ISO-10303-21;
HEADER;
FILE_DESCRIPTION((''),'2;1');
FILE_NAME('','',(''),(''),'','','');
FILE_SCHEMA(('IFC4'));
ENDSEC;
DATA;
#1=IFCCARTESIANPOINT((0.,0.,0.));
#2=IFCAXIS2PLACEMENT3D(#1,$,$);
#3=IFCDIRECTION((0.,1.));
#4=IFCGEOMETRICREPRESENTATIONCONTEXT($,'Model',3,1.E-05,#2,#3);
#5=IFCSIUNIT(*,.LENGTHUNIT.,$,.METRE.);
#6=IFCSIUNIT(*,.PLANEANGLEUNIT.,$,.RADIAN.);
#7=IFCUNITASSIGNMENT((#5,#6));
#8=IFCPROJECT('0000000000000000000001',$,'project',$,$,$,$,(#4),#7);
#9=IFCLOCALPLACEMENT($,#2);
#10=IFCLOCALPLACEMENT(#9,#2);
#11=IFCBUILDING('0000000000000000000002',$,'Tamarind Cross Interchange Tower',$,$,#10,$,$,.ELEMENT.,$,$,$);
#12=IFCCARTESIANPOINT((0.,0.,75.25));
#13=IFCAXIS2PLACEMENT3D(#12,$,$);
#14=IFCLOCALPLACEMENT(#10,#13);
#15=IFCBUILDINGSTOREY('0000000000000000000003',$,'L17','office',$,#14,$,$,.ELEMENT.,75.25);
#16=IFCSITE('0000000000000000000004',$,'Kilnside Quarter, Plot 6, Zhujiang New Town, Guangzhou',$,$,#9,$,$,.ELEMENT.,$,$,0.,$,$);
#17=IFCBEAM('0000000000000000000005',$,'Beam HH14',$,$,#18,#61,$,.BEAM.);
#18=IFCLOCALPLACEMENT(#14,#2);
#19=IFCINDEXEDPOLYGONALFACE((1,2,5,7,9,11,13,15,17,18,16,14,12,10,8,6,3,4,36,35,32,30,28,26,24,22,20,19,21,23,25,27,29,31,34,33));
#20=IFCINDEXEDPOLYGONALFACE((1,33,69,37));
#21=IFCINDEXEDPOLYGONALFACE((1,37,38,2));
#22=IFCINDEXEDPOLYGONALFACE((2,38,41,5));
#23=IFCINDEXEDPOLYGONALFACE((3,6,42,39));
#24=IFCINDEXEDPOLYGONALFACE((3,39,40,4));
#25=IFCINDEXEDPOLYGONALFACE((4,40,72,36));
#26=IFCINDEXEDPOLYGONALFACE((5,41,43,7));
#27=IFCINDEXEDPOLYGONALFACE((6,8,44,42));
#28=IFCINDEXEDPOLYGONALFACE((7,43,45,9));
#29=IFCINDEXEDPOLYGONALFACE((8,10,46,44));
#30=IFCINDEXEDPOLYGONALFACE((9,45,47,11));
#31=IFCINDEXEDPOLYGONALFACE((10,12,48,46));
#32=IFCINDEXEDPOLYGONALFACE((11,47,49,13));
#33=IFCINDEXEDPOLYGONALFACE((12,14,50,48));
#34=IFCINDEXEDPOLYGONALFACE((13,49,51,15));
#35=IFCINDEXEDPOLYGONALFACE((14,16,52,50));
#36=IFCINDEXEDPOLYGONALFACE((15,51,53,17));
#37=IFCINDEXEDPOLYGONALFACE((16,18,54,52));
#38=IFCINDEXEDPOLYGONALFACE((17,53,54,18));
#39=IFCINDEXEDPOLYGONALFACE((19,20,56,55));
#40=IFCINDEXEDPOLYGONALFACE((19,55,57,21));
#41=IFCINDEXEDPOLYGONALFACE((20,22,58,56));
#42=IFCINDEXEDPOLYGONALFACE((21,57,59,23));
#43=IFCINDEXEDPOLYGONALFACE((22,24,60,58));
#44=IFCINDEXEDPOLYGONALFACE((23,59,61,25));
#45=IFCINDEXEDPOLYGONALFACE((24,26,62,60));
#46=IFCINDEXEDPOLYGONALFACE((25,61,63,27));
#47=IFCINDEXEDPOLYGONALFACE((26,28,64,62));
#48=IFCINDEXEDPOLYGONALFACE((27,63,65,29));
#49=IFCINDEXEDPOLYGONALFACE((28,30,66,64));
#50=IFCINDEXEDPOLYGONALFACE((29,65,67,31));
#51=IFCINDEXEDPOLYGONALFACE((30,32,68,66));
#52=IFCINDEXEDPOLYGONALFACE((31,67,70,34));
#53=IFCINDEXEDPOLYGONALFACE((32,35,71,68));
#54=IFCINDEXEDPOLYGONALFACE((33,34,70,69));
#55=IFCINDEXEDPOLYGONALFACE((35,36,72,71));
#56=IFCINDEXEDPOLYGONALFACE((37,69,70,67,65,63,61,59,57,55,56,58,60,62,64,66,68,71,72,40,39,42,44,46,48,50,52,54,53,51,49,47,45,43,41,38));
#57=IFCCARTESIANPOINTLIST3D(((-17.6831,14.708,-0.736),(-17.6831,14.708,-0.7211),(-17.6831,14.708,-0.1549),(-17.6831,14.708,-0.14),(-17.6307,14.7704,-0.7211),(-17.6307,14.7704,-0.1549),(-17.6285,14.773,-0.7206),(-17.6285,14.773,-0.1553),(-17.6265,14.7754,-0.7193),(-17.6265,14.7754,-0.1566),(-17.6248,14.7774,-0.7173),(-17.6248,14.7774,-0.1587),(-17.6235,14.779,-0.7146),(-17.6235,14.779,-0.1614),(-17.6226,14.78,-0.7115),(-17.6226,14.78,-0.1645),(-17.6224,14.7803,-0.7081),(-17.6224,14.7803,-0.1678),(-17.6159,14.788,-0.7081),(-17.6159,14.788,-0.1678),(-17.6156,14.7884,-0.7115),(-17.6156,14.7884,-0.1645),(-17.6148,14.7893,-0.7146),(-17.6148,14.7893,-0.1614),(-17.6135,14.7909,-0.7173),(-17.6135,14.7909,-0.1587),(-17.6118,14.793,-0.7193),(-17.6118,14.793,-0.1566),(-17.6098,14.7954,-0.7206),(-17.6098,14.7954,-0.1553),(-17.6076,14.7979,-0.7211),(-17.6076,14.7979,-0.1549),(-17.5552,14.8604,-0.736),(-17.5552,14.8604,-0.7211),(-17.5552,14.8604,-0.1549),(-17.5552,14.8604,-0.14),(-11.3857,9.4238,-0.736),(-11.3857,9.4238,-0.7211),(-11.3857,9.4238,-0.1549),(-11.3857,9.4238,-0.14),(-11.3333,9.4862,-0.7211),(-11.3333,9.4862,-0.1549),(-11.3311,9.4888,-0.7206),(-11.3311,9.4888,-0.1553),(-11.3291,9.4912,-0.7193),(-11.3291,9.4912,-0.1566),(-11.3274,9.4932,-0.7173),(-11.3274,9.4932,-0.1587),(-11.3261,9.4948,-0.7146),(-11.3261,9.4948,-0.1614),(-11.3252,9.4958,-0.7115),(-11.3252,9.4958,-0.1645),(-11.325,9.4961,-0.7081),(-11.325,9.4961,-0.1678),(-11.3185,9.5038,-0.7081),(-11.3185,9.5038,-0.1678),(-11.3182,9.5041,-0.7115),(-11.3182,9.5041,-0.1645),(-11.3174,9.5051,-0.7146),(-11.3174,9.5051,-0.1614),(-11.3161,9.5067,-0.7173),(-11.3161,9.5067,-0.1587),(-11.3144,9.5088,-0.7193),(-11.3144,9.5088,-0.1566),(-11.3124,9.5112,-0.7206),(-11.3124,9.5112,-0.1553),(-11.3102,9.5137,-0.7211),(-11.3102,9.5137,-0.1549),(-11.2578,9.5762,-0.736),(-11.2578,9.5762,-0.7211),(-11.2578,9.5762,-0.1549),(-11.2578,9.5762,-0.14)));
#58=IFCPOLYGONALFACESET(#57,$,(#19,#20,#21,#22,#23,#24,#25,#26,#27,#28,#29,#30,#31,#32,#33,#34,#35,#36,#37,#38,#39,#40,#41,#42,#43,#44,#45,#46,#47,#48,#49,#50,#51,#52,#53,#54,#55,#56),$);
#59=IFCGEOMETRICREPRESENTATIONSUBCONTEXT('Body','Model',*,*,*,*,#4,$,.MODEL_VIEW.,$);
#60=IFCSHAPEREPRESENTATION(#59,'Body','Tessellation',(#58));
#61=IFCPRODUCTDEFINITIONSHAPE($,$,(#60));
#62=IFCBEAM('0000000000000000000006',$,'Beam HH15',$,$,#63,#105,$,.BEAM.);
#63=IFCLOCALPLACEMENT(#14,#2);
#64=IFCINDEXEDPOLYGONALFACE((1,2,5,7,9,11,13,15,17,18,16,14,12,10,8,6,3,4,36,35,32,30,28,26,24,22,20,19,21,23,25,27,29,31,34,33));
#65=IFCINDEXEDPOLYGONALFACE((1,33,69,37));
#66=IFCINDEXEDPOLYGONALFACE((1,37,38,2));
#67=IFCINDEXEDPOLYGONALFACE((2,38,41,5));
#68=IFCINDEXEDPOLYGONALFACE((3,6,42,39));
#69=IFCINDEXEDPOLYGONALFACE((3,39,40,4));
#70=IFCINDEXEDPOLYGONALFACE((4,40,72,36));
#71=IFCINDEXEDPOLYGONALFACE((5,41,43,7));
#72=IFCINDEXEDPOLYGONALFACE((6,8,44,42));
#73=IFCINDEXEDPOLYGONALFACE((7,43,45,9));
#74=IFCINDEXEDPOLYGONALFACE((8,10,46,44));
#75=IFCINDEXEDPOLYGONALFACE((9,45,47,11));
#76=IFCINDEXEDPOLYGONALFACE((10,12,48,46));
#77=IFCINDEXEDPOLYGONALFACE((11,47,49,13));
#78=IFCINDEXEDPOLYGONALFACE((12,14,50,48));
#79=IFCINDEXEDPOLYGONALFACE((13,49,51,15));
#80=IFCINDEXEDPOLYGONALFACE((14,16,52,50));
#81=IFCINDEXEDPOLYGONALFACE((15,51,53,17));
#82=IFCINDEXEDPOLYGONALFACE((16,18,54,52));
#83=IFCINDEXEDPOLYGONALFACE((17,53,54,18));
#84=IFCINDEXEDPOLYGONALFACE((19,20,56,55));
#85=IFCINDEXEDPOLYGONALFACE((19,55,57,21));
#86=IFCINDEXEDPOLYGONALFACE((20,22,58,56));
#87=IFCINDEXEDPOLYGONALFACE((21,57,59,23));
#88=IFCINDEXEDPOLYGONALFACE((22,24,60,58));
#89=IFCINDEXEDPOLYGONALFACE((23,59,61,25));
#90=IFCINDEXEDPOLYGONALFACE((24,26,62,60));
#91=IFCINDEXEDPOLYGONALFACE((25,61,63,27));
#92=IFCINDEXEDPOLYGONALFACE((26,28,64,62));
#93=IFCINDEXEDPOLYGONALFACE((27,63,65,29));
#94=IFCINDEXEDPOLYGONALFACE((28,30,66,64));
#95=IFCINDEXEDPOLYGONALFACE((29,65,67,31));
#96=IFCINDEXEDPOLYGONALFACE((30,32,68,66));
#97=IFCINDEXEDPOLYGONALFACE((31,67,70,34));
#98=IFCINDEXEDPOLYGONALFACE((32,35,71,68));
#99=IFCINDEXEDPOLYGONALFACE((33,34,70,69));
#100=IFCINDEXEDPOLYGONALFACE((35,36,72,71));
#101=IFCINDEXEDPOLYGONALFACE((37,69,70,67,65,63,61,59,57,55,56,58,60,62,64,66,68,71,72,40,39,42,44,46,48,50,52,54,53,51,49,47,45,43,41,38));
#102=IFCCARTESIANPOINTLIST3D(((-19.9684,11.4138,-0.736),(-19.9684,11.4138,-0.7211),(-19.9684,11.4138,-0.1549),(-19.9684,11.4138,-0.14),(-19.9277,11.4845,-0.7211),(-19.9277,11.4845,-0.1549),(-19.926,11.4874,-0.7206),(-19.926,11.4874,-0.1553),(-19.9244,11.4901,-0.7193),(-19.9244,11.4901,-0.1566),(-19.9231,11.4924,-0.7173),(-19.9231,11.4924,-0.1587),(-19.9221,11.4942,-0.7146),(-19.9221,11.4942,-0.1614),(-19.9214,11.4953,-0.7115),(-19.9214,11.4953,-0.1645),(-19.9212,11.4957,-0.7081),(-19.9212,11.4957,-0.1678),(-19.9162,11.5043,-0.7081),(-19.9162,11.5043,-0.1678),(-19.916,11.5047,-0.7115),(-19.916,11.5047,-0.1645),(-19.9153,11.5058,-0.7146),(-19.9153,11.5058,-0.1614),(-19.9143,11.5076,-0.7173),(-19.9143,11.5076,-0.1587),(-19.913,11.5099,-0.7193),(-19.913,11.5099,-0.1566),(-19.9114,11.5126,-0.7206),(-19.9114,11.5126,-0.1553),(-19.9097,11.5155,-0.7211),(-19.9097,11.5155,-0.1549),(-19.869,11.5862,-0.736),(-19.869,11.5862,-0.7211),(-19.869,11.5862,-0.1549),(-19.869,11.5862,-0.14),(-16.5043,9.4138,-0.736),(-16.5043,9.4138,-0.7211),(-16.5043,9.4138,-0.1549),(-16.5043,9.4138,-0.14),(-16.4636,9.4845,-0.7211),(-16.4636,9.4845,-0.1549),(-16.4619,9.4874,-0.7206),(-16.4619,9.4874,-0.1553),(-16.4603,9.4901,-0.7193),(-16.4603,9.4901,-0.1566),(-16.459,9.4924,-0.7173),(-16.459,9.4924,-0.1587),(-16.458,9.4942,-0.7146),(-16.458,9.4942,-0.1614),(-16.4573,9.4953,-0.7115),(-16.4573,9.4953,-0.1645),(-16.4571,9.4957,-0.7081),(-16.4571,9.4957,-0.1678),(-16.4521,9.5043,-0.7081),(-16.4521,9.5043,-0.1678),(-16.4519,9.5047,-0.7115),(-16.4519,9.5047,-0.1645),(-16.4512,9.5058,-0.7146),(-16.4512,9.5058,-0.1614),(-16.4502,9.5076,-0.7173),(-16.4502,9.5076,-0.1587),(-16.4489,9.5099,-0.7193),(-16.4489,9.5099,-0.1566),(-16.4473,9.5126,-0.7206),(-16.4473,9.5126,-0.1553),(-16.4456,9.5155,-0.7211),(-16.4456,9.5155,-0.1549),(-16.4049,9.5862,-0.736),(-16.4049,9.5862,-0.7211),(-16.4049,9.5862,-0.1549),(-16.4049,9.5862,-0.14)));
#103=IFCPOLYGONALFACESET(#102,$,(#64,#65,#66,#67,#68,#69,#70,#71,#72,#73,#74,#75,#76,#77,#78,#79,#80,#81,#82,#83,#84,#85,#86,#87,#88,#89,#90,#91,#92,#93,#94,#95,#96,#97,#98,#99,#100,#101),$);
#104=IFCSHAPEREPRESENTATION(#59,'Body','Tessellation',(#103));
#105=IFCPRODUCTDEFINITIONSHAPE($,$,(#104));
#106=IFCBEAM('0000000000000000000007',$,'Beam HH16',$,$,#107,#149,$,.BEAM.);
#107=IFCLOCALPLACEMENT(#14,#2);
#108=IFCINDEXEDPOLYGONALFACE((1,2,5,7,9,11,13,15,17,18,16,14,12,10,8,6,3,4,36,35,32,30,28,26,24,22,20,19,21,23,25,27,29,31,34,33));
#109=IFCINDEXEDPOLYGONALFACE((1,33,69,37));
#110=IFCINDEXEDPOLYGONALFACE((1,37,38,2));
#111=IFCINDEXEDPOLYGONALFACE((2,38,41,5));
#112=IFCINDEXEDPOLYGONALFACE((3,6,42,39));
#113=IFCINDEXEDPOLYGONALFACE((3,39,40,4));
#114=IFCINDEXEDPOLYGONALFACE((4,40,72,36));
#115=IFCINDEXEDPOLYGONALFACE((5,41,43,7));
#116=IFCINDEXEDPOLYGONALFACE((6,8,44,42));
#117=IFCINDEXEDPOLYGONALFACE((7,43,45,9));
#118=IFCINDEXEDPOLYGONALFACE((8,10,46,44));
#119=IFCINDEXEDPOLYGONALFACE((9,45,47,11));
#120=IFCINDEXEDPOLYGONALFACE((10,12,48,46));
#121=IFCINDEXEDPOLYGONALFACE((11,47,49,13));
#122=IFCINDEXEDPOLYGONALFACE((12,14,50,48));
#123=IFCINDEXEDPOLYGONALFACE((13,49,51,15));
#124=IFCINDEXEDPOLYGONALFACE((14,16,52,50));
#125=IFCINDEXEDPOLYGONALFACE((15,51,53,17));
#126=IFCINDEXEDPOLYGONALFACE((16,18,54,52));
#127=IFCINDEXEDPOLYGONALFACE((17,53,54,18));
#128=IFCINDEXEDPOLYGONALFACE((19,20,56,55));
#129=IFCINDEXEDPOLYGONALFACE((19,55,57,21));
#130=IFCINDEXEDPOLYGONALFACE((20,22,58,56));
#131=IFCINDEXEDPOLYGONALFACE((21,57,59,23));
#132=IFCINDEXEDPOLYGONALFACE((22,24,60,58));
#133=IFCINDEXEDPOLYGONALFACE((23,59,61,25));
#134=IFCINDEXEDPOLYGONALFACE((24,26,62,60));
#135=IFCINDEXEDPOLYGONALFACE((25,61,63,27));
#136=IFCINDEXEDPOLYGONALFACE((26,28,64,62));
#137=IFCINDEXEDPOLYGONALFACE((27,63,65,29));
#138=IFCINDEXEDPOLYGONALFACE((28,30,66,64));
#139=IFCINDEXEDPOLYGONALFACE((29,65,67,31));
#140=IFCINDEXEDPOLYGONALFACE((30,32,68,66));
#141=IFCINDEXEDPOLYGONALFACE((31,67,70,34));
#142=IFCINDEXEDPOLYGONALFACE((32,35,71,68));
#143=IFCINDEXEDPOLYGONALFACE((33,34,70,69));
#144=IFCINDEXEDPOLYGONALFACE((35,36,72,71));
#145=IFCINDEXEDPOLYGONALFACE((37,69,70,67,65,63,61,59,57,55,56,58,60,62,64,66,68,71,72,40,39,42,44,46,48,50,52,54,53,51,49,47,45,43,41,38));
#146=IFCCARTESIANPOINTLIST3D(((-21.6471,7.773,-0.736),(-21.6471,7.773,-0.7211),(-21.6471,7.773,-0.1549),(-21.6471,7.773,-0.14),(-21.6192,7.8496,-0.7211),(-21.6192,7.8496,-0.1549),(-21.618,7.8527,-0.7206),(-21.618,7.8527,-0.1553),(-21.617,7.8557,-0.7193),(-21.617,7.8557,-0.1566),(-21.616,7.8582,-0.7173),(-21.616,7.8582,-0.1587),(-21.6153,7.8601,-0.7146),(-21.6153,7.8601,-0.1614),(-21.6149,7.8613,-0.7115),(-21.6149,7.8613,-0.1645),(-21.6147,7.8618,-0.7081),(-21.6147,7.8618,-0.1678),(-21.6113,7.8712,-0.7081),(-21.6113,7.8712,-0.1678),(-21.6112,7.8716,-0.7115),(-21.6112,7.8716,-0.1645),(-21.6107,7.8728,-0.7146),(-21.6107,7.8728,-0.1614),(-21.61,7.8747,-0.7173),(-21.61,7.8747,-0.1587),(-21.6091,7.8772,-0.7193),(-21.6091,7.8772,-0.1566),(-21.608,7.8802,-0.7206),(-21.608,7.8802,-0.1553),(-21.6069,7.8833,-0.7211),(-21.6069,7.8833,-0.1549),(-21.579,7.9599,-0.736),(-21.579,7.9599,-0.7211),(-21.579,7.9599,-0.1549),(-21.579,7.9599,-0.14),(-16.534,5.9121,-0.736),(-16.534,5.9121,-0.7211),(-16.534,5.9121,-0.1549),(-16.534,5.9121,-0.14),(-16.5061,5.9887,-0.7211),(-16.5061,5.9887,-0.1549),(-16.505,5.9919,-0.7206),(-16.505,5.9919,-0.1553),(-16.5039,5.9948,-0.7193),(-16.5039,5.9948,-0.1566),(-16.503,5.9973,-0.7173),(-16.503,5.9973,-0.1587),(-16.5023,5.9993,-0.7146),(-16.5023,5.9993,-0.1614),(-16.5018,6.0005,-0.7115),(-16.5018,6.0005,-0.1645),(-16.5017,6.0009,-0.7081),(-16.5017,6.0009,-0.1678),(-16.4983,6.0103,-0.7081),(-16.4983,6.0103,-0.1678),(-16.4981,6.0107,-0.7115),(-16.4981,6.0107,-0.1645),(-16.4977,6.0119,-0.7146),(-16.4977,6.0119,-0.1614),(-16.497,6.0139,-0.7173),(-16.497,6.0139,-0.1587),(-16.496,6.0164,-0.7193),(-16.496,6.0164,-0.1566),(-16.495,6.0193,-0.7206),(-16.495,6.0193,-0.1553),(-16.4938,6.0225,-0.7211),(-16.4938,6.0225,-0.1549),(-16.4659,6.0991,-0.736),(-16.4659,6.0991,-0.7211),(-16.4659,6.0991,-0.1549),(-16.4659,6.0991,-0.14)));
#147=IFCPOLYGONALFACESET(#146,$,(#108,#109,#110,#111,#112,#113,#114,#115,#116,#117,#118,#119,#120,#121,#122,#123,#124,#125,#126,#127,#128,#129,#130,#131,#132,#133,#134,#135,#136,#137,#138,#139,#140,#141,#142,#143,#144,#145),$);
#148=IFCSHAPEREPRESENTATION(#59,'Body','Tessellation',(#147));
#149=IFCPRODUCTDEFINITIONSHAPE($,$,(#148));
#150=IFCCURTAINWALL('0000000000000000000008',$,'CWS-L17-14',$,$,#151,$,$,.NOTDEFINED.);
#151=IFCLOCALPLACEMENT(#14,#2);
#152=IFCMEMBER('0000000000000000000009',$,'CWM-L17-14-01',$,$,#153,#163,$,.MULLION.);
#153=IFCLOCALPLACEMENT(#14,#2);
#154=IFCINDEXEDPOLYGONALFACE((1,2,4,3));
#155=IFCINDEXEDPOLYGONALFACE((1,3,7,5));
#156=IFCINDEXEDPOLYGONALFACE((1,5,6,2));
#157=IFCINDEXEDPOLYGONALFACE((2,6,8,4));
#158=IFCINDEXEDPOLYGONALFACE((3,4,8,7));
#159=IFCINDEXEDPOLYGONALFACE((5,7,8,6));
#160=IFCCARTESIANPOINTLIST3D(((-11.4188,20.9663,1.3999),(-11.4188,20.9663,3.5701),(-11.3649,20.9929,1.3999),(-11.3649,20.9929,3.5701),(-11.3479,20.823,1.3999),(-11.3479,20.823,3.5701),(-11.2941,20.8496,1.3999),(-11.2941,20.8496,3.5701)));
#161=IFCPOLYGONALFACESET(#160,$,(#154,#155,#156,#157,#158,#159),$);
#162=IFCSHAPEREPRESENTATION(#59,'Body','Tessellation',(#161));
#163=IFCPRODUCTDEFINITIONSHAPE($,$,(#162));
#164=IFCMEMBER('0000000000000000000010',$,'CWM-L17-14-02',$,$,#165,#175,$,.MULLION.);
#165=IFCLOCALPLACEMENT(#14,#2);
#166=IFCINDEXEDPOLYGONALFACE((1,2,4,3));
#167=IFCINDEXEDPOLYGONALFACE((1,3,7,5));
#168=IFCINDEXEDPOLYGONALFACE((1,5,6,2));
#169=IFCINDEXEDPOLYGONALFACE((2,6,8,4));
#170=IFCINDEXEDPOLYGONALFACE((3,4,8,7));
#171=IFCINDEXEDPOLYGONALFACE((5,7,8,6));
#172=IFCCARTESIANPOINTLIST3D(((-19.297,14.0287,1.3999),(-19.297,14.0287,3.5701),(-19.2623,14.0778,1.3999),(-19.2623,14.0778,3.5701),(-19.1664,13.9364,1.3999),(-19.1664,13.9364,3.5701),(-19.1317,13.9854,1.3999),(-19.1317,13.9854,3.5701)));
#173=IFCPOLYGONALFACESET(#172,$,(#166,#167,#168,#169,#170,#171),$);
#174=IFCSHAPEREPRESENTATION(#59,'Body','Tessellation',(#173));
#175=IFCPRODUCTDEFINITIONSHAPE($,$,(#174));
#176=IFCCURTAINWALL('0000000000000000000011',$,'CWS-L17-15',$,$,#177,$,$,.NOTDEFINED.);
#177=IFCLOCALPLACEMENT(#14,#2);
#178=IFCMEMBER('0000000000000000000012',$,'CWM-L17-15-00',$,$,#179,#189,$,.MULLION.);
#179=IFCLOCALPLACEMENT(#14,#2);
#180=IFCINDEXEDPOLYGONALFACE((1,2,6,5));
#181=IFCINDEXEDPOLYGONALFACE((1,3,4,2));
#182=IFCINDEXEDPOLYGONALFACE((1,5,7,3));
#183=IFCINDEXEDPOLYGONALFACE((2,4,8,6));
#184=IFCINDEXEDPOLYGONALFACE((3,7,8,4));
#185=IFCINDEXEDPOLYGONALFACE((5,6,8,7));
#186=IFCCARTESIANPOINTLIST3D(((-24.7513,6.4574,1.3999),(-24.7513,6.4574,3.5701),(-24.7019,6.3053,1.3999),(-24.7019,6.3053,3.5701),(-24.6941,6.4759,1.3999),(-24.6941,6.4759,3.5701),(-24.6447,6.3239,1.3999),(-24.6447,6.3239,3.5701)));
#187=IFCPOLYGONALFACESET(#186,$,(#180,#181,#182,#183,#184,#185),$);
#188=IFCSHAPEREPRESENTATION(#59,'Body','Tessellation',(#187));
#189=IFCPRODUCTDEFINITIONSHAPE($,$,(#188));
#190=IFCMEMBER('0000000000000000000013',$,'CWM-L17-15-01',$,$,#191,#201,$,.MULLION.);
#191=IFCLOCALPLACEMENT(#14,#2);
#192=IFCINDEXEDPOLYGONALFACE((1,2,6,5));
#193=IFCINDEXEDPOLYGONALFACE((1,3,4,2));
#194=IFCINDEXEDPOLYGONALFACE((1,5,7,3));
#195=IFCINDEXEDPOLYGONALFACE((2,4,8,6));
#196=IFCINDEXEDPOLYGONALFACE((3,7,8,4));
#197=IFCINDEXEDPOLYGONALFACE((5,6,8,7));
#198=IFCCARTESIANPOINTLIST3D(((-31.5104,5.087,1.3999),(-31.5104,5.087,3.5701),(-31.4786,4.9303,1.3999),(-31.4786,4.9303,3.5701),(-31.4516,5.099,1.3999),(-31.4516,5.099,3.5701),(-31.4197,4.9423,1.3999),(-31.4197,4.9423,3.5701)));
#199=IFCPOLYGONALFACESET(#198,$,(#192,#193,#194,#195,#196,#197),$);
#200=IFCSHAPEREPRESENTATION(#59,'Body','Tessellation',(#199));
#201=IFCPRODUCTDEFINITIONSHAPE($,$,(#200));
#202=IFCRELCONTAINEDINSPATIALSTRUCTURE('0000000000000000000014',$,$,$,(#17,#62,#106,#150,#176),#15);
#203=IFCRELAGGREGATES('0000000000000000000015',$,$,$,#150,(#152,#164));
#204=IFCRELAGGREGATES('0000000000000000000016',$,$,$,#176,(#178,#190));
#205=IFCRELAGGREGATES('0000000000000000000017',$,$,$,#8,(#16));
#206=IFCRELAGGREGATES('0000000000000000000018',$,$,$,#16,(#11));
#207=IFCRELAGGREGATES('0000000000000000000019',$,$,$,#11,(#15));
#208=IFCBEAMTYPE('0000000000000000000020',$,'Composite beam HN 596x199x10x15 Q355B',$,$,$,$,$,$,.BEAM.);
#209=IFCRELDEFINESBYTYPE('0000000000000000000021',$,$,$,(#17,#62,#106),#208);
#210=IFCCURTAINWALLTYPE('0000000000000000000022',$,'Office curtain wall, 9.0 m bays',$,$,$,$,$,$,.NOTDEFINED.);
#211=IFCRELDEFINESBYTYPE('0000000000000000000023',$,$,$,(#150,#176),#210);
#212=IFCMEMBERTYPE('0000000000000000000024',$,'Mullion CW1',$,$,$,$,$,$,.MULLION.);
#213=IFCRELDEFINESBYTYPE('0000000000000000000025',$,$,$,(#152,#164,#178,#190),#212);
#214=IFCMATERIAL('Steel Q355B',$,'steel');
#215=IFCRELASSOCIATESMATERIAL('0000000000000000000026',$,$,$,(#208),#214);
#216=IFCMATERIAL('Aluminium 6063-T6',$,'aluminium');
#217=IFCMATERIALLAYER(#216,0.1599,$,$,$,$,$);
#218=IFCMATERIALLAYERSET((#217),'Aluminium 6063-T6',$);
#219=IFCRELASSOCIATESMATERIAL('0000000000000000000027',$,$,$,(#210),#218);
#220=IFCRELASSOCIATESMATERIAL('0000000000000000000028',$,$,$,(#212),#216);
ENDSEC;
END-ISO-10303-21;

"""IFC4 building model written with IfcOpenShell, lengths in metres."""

from ifc_helpers import new_model, si_unit, direction, frame, origin, origin_2d, place, context, subcontext, project, spatial, rectangle, i_section, extrude, material, layer, layer_set, material_profile, profile_set, type_object, element, aggregate, save


model = new_model("IFC4")

# Units and contexts
model_context = context("Model", 3, precision=1e-05, world=origin(), true_north=direction((0.0, 1.0)))
body_context = subcontext(model_context, "Body", "Model", "MODEL_VIEW")
ifc_project = project(units=[si_unit("LENGTHUNIT", "METRE"), si_unit("PLANEANGLEUNIT", "RADIAN")], contexts=[model_context])

# Site, building, storey
site_placement = place(None, origin())
site = spatial("IfcSite", under=ifc_project, at=site_placement, Name="Kilnside Quarter, Plot 6, Zhujiang New Town, Guangzhou", CompositionType="ELEMENT", RefElevation=0.0)
building_placement = place(site_placement, origin())
building = spatial("IfcBuilding", under=site, at=building_placement, Name="Tamarind Cross Interchange Tower", CompositionType="ELEMENT")
storey_placement = place(building_placement, frame((0.0, 0.0, 75.25)))
storey = spatial("IfcBuildingStorey", under=building, at=storey_placement, Name="L17", Description="office", CompositionType="ELEMENT", Elevation=75.25)

# Beams
ifc_material_1 = material(Name="Steel Q355B", Category="steel")
ifc_material_profile_1 = material_profile(ifc_material_1, i_section(OverallWidth=0.199, OverallDepth=0.5959, WebThickness=0.01, FlangeThickness=0.0149, FilletRadius=0.0129, at=origin_2d()), Name="HN 596x199x10x15")
ifc_profile_set_1 = profile_set([ifc_material_profile_1], Name="Steel Q355B")
beam_type_1 = type_object("IfcBeamType", Name="Composite beam HN 596x199x10x15 Q355B", PredefinedType="BEAM", material=ifc_profile_set_1)
beam_1_placement = place(storey_placement, frame((-17.6191, 14.7842, -0.438), z_axis=(0.766041, -0.642792, 0.0), x_axis=(0.642792, 0.766041, 0.0)))
element("IfcBeam", 1, at=beam_1_placement, inside=storey, type_object=beam_type_1, Name="Beam HH14", PredefinedType="BEAM", context=body_context, shape_type="SweptSolid", body=[
    extrude(i_section(OverallWidth=0.199, OverallDepth=0.5959, WebThickness=0.01, FlangeThickness=0.0149, FilletRadius=0.0129, at=origin_2d()), origin(), (0.0, 0.0, 1.0), 8.2207),
])
beam_2_placement = place(storey_placement, frame((-19.9187, 11.5, -0.438), z_axis=(0.866026, -0.499999, 0.0), x_axis=(0.499999, 0.866026, 0.0)))
element("IfcBeam", 2, at=beam_2_placement, inside=storey, type_object=beam_type_1, Name="Beam HH15", PredefinedType="BEAM", context=body_context, shape_type="SweptSolid", body=[
    extrude(i_section(OverallWidth=0.199, OverallDepth=0.5959, WebThickness=0.01, FlangeThickness=0.0149, FilletRadius=0.0129, at=origin_2d()), origin(), (0.0, 0.0, 1.0), 4.0),
])
beam_3_placement = place(storey_placement, frame((-21.613, 7.8665, -0.438), z_axis=(0.939702, -0.341995, 0.0), x_axis=(0.341995, 0.939702, 0.0)))
element("IfcBeam", 3, at=beam_3_placement, inside=storey, type_object=beam_type_1, Name="Beam HH16", PredefinedType="BEAM", context=body_context, shape_type="SweptSolid", body=[
    extrude(i_section(OverallWidth=0.199, OverallDepth=0.5959, WebThickness=0.01, FlangeThickness=0.0149, FilletRadius=0.0129, at=origin_2d()), origin(), (0.0, 0.0, 1.0), 5.4412),
])

# Curtain walls, members
ifc_material_2 = material(Name="Aluminium 6063-T6", Category="aluminium")
ifc_layer_1 = layer(ifc_material_2, 0.1599)
ifc_layer_set_1 = layer_set([ifc_layer_1], Name="Aluminium 6063-T6")
curtain_wall_type = type_object("IfcCurtainWallType", Name="Office curtain wall, 9.0 m bays", PredefinedType="NOTDEFINED", material=ifc_layer_set_1)
curtain_wall_1_placement = place(storey_placement, origin())
curtain_wall_1 = element("IfcCurtainWall", 4, at=curtain_wall_1_placement, inside=storey, type_object=curtain_wall_type, Name="CWS-L17-14", PredefinedType="NOTDEFINED")
ifc_material_profile_2 = material_profile(ifc_material_2, rectangle(XDim=0.0601, YDim=0.1599, at=origin_2d()), Name="Mullion CW1")
ifc_profile_set_2 = profile_set([ifc_material_profile_2], Name="Aluminium 6063-T6")
member_type = type_object("IfcMemberType", Name="Mullion CW1", PredefinedType="MULLION", material=ifc_profile_set_2)
member_1_placement = place(storey_placement, frame((-11.3564, 20.908, 1.3999), z_axis=(0.0, 0.0, 1.0), x_axis=(-0.896493, -0.443059, 0.0)))
member_1 = element("IfcMember", 5, at=member_1_placement, type_object=member_type, Name="CWM-L17-14-01", PredefinedType="MULLION", context=body_context, shape_type="SweptSolid", body=[
    extrude(rectangle(XDim=0.0601, YDim=0.1599, at=origin_2d()), origin(), (0.0, 0.0, 1.0), 2.1702),
])
member_2_placement = place(storey_placement, frame((-19.2144, 14.0071, 1.3999), z_axis=(0.0, 0.0, 1.0), x_axis=(-0.577569, -0.816342, 0.0)))
member_2 = element("IfcMember", 6, at=member_2_placement, type_object=member_type, Name="CWM-L17-14-02", PredefinedType="MULLION", context=body_context, shape_type="SweptSolid", body=[
    extrude(rectangle(XDim=0.0601, YDim=0.1599, at=origin_2d()), origin(), (0.0, 0.0, 1.0), 2.1702),
])
aggregate(curtain_wall_1, [member_1, member_2])
curtain_wall_2_placement = place(storey_placement, origin())
curtain_wall_2 = element("IfcCurtainWall", 7, at=curtain_wall_2_placement, inside=storey, type_object=curtain_wall_type, Name="CWS-L17-15", PredefinedType="NOTDEFINED")
member_3_placement = place(storey_placement, frame((-24.698, 6.3906, 1.3999), z_axis=(0.0, 0.0, 1.0), x_axis=(-0.951121, -0.308819, 0.0)))
member_3 = element("IfcMember", 8, at=member_3_placement, type_object=member_type, Name="CWM-L17-15-00", PredefinedType="MULLION", context=body_context, shape_type="SweptSolid", body=[
    extrude(rectangle(XDim=0.0601, YDim=0.1599, at=origin_2d()), origin(), (0.0, 0.0, 1.0), 2.1702),
])
member_4_placement = place(storey_placement, frame((-31.4651, 5.0146, 1.3999), z_axis=(0.0, 0.0, 1.0), x_axis=(-0.97995, -0.199245, 0.0)))
member_4 = element("IfcMember", 9, at=member_4_placement, type_object=member_type, Name="CWM-L17-15-01", PredefinedType="MULLION", context=body_context, shape_type="SweptSolid", body=[
    extrude(rectangle(XDim=0.0601, YDim=0.1599, at=origin_2d()), origin(), (0.0, 0.0, 1.0), 2.1702),
])
aggregate(curtain_wall_2, [member_3, member_4])

save(model, "model.ifc")
